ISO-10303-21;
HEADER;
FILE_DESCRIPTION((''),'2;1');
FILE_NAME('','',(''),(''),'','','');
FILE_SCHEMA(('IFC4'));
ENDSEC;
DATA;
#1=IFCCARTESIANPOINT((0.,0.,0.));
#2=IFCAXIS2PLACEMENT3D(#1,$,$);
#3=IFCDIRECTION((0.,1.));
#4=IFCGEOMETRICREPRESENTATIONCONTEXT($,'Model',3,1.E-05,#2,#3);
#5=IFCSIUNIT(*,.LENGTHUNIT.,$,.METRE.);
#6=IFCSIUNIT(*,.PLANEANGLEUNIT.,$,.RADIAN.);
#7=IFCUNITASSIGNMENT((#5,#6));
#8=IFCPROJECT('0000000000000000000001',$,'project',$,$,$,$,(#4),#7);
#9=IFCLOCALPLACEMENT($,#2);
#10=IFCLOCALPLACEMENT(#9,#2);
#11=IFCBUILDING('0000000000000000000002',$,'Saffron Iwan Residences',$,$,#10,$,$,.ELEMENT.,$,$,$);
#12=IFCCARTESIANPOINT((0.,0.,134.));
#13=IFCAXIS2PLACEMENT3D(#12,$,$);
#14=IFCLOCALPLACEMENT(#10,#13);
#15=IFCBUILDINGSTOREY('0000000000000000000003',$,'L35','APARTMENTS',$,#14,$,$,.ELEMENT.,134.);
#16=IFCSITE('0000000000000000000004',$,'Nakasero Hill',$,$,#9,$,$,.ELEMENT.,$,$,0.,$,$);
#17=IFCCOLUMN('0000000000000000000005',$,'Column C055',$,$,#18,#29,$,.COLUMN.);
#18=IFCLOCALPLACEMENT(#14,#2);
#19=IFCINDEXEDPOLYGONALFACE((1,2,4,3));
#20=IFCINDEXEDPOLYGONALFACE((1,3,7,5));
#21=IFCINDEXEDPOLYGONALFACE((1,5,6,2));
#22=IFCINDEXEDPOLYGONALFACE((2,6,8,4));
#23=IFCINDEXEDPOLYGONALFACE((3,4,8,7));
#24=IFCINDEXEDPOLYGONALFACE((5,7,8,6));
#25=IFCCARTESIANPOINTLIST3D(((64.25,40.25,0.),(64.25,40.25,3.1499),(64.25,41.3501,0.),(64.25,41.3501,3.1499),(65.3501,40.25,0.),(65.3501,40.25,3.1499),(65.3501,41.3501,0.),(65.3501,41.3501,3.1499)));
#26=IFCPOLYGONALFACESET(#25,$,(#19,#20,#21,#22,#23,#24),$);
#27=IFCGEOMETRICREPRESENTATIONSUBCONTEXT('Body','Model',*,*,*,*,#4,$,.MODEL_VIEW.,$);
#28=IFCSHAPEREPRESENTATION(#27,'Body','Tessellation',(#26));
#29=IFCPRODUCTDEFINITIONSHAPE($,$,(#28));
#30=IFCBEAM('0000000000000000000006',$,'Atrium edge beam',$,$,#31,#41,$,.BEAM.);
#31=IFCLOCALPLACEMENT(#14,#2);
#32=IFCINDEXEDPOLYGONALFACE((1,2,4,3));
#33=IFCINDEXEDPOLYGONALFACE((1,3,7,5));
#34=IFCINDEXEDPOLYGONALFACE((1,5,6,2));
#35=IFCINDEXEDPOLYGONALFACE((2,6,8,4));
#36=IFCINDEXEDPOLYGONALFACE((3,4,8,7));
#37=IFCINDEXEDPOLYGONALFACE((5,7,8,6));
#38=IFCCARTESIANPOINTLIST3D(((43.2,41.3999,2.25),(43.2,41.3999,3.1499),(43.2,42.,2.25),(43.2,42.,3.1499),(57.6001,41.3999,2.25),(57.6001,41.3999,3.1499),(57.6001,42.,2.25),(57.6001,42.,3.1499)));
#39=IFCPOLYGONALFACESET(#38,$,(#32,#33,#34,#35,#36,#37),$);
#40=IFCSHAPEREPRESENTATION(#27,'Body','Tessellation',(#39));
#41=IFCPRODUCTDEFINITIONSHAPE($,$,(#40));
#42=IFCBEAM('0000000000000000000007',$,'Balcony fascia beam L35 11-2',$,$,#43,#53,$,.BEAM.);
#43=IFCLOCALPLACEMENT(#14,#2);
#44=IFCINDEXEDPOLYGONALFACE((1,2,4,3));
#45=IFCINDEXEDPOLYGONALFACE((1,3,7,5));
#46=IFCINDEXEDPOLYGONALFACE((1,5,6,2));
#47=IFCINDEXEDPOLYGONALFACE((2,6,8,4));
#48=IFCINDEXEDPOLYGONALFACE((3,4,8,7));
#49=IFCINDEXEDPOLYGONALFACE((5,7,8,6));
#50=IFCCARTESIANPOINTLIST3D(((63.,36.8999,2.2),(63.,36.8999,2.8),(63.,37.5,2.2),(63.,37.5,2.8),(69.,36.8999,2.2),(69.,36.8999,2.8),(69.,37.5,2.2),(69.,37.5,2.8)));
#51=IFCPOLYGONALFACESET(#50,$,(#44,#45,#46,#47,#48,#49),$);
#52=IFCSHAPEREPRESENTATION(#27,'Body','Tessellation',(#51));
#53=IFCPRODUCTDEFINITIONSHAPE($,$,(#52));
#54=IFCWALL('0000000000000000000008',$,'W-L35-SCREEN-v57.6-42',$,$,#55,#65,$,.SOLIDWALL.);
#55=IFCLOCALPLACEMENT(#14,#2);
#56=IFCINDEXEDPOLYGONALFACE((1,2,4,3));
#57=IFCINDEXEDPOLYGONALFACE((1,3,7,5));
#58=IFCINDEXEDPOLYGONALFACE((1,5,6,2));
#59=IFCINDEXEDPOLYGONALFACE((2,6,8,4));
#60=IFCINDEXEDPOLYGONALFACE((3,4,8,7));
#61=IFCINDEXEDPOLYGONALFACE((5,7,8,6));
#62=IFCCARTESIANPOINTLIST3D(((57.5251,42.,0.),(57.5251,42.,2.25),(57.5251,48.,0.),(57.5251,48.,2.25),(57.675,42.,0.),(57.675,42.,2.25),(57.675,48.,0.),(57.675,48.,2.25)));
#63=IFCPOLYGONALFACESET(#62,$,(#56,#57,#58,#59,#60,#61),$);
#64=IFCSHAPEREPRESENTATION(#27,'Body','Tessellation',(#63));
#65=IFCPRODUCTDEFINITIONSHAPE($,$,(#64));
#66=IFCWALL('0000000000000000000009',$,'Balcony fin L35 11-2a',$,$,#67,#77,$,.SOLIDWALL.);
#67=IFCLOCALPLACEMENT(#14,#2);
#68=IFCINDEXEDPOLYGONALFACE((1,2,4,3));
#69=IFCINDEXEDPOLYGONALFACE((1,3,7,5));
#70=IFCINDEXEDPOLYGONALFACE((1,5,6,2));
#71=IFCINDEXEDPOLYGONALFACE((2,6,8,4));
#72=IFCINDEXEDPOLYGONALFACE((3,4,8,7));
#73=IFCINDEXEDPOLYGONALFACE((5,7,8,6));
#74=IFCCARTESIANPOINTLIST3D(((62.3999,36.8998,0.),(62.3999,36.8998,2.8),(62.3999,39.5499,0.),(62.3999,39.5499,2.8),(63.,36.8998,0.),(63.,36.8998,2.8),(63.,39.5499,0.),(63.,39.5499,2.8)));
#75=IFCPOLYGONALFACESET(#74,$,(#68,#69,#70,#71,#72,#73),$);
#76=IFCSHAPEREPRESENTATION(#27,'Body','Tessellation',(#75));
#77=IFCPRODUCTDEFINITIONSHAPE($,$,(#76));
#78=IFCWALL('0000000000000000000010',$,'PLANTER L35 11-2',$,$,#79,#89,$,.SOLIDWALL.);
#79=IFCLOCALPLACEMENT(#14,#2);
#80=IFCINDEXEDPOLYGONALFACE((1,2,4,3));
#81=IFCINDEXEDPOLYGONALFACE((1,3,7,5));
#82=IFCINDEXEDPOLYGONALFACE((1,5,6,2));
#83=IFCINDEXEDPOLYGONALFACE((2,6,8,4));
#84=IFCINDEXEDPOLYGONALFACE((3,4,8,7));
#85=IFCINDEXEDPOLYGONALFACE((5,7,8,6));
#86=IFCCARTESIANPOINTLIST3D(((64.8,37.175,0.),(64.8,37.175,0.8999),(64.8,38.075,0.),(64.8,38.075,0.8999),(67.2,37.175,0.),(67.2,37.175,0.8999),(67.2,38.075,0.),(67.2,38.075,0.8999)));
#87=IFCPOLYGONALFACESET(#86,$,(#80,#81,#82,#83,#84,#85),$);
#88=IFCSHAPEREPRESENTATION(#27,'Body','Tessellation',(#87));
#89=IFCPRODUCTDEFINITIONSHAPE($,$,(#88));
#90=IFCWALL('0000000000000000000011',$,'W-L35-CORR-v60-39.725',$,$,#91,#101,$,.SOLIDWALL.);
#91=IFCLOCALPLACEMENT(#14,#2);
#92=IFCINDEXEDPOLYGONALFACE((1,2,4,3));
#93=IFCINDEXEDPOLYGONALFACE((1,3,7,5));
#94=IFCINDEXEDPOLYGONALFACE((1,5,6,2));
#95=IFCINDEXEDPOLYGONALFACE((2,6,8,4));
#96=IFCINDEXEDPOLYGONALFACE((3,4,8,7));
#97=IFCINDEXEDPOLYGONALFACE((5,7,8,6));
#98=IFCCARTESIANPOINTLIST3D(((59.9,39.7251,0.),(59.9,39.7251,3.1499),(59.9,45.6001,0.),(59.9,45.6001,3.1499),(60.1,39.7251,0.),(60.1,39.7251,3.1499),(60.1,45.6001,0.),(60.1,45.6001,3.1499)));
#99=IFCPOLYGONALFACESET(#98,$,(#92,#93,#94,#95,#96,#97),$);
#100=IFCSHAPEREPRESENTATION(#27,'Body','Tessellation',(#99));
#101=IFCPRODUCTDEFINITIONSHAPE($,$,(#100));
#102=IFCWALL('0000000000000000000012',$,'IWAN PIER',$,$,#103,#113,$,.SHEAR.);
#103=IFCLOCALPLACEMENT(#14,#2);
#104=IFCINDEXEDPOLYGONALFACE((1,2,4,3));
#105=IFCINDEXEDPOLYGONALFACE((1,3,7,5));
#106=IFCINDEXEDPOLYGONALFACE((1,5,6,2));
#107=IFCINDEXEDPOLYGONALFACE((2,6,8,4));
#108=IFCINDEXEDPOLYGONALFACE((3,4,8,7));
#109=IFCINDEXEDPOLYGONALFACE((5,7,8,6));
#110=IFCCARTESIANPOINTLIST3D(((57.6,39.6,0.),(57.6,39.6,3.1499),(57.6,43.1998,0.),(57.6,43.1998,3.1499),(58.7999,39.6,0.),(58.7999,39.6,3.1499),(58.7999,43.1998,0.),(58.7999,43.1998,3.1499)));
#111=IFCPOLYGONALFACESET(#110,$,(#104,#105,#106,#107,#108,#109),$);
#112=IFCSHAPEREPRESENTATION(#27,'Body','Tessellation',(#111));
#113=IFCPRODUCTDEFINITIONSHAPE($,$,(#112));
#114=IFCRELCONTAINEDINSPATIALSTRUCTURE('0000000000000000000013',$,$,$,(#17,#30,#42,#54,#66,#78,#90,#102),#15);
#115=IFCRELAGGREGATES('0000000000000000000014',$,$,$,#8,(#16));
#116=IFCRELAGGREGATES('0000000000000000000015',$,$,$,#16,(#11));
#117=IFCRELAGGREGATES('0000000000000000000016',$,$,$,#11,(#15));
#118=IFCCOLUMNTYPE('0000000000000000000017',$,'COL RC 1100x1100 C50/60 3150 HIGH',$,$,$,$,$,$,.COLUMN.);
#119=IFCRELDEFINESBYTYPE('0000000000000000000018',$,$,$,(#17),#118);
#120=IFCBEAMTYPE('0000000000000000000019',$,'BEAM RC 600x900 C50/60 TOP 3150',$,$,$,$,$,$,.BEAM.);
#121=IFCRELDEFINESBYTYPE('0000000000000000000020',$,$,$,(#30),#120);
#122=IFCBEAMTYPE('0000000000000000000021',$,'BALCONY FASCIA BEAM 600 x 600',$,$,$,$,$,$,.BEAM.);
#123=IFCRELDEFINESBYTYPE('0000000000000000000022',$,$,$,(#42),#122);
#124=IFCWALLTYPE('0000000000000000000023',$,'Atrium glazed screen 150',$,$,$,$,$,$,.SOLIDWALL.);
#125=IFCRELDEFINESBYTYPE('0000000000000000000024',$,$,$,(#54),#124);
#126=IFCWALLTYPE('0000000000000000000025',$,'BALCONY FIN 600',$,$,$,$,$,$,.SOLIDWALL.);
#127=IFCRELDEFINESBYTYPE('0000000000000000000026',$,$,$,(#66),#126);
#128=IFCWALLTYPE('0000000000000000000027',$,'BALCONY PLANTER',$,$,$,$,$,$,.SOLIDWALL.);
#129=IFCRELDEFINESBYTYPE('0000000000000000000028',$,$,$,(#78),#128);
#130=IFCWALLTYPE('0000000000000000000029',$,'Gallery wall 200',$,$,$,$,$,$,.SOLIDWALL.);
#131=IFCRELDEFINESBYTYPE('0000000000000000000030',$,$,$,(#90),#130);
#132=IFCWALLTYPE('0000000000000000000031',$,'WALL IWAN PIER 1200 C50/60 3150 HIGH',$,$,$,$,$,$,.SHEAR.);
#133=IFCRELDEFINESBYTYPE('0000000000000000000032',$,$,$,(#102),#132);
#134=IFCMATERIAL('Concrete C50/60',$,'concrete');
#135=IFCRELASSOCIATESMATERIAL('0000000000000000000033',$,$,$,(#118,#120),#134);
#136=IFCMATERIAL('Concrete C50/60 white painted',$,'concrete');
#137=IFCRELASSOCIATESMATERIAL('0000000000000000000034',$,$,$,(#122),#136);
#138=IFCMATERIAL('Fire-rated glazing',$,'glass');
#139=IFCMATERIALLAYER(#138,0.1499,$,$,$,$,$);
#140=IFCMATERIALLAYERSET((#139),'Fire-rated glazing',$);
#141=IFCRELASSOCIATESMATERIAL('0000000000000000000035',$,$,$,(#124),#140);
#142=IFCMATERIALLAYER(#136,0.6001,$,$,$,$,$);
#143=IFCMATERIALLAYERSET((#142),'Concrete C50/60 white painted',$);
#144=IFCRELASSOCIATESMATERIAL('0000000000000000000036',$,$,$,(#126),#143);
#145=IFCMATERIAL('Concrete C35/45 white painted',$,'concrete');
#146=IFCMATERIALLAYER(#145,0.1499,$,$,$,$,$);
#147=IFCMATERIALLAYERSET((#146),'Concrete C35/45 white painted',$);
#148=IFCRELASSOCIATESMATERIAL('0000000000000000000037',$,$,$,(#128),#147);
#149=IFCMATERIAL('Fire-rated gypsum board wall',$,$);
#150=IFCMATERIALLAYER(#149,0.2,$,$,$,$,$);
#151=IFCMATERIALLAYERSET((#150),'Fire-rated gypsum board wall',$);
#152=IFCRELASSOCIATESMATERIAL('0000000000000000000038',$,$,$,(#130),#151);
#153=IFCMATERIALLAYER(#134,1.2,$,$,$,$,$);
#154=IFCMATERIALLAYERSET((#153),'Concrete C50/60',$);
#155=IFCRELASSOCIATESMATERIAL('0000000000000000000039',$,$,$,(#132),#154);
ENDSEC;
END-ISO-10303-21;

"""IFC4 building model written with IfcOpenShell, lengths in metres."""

from ifc_helpers import new_model, si_unit, direction, frame, frame_2d, origin, origin_2d, place, context, subcontext, project, spatial, rectangle, extrude, source, transform, mapped, material, layer, layer_set, material_profile, profile_set, type_object, element, save


model = new_model("IFC4")

# Units and contexts
model_context = context("Model", 3, precision=1e-05, world=origin(), true_north=direction((0.0, 1.0)))
body_context = subcontext(model_context, "Body", "Model", "MODEL_VIEW")
ifc_project = project(units=[si_unit("LENGTHUNIT", "METRE"), si_unit("PLANEANGLEUNIT", "RADIAN")], contexts=[model_context])

# Site, building, storey
site_placement = place(None, origin())
site = spatial("IfcSite", under=ifc_project, at=site_placement, Name="Nakasero Hill", CompositionType="ELEMENT", RefElevation=0.0)
building_placement = place(site_placement, origin())
building = spatial("IfcBuilding", under=site, at=building_placement, Name="Saffron Iwan Residences", CompositionType="ELEMENT")
storey_placement = place(building_placement, frame((0.0, 0.0, 134.0)))
storey = spatial("IfcBuildingStorey", under=building, at=storey_placement, Name="L35", Description="APARTMENTS", CompositionType="ELEMENT", Elevation=134.0)

# Column
ifc_material_1 = material(Name="Concrete C50/60", Category="concrete")
ifc_material_profile_1 = material_profile(ifc_material_1, rectangle(XDim=1.1001, YDim=1.1001, at=origin_2d()), Name="RC 1100x1100")
ifc_profile_set_1 = profile_set([ifc_material_profile_1], Name="Concrete C50/60")
column_type = type_object("IfcColumnType", Name="COL RC 1100x1100 C50/60 3150 HIGH", PredefinedType="COLUMN", material=ifc_profile_set_1)
shared_shape_1 = source(origin(), body_context, "Body", "SweptSolid", [
    extrude(rectangle(XDim=1.1001, YDim=1.1001, at=origin_2d()), origin(), (0.0, 0.0, 1.0), 3.1499),
])
column_placement = place(storey_placement, frame((64.8, 40.8, 0.0), z_axis=(0.0, 0.0, 1.0), x_axis=(1.0, 0.0, 0.0)))
element("IfcColumn", 1, at=column_placement, inside=storey, type_object=column_type, Name="Column C055", PredefinedType="COLUMN", context=body_context, shape_type="MappedRepresentation", body=[
    mapped(shared_shape_1, transform((0.0, 0.0, 0.0))),
])

# Beams
ifc_material_profile_2 = material_profile(ifc_material_1, rectangle(XDim=0.6001, YDim=0.8999, at=origin_2d()), Name="RC 600x900")
ifc_profile_set_2 = profile_set([ifc_material_profile_2], Name="Concrete C50/60")
beam_type_1 = type_object("IfcBeamType", Name="BEAM RC 600x900 C50/60 TOP 3150", PredefinedType="BEAM", material=ifc_profile_set_2)
shared_shape_2 = source(origin(), body_context, "Body", "SweptSolid", [
    extrude(rectangle(XDim=0.6001, YDim=0.8999, at=origin_2d()), origin(), (0.0, 0.0, 1.0), 14.4001),
])
beam_1_placement = place(storey_placement, frame((57.6001, 41.7, 2.7), z_axis=(-1.0, 0.0, 0.0), x_axis=(0.0, -1.0, 0.0)))
element("IfcBeam", 2, at=beam_1_placement, inside=storey, type_object=beam_type_1, Name="Atrium edge beam", PredefinedType="BEAM", context=body_context, shape_type="MappedRepresentation", body=[
    mapped(shared_shape_2, transform((0.0, 0.0, 0.0))),
])
ifc_material_2 = material(Name="Concrete C50/60 white painted", Category="concrete")
ifc_material_profile_3 = material_profile(ifc_material_2, rectangle(XDim=0.6001, YDim=0.6001, at=origin_2d()), Name="BALCONY FASCIA BEAM 600 x 600")
ifc_profile_set_3 = profile_set([ifc_material_profile_3], Name="Concrete C50/60 white painted")
beam_type_2 = type_object("IfcBeamType", Name="BALCONY FASCIA BEAM 600 x 600", PredefinedType="BEAM", material=ifc_profile_set_3)
shared_shape_3 = source(origin(), body_context, "Body", "SweptSolid", [
    extrude(rectangle(XDim=0.6001, YDim=0.6001, at=origin_2d()), origin(), (0.0, 0.0, 1.0), 6.0),
])
beam_2_placement = place(storey_placement, frame((63.0, 37.2, 2.5), z_axis=(1.0, 0.0, 0.0), x_axis=(0.0, 1.0, 0.0)))
element("IfcBeam", 3, at=beam_2_placement, inside=storey, type_object=beam_type_2, Name="Balcony fascia beam L35 11-2", PredefinedType="BEAM", context=body_context, shape_type="MappedRepresentation", body=[
    mapped(shared_shape_3, transform((0.0, 0.0, 0.0))),
])

# Walls
ifc_material_3 = material(Name="Fire-rated glazing", Category="glass")
ifc_layer_1 = layer(ifc_material_3, 0.1499)
ifc_layer_set_1 = layer_set([ifc_layer_1], Name="Fire-rated glazing")
wall_type_1 = type_object("IfcWallType", Name="Atrium glazed screen 150", PredefinedType="SOLIDWALL", material=ifc_layer_set_1)
wall_1_placement = place(storey_placement, frame((57.6001, 42.0, 0.0), z_axis=(0.0, 0.0, 1.0), x_axis=(0.0, 1.0, 0.0)))
element("IfcWall", 4, at=wall_1_placement, inside=storey, type_object=wall_type_1, Name="W-L35-SCREEN-v57.6-42", PredefinedType="SOLIDWALL", context=body_context, shape_type="SweptSolid", body=[
    extrude(rectangle(XDim=6.0, YDim=0.1499, at=frame_2d((3.0, 0.0))), origin(), (0.0, 0.0, 1.0), 2.25),
])
ifc_layer_2 = layer(ifc_material_2, 0.6001)
ifc_layer_set_2 = layer_set([ifc_layer_2], Name="Concrete C50/60 white painted")
wall_type_2 = type_object("IfcWallType", Name="BALCONY FIN 600", PredefinedType="SOLIDWALL", material=ifc_layer_set_2)
wall_2_placement = place(storey_placement, frame((62.7, 39.55, 0.0), z_axis=(0.0, 0.0, 1.0), x_axis=(0.0, -1.0, 0.0)))
element("IfcWall", 5, at=wall_2_placement, inside=storey, type_object=wall_type_2, Name="Balcony fin L35 11-2a", PredefinedType="SOLIDWALL", context=body_context, shape_type="SweptSolid", body=[
    extrude(rectangle(XDim=2.6501, YDim=0.6001, at=frame_2d((1.3252, 0.0))), origin(), (0.0, 0.0, 1.0), 2.8),
])
ifc_material_4 = material(Name="Concrete C35/45 white painted", Category="concrete")
ifc_layer_3 = layer(ifc_material_4, 0.1499)
ifc_layer_set_3 = layer_set([ifc_layer_3], Name="Concrete C35/45 white painted")
wall_type_3 = type_object("IfcWallType", Name="BALCONY PLANTER", PredefinedType="SOLIDWALL", material=ifc_layer_set_3)
wall_3_placement = place(storey_placement, frame((64.8, 37.625, 0.0), z_axis=(0.0, 0.0, 1.0), x_axis=(1.0, 0.0, 0.0)))
element("IfcWall", 6, at=wall_3_placement, inside=storey, type_object=wall_type_3, Name="PLANTER L35 11-2", PredefinedType="SOLIDWALL", context=body_context, shape_type="SweptSolid", body=[
    extrude(rectangle(XDim=2.3999, YDim=0.8999, at=frame_2d((1.2, 0.0))), origin(), (0.0, 0.0, 1.0), 0.8999),
])

# Walls
ifc_material_5 = material(Name="Fire-rated gypsum board wall")
ifc_layer_4 = layer(ifc_material_5, 0.2)
ifc_layer_set_4 = layer_set([ifc_layer_4], Name="Fire-rated gypsum board wall")
wall_type_4 = type_object("IfcWallType", Name="Gallery wall 200", PredefinedType="SOLIDWALL", material=ifc_layer_set_4)
wall_4_placement = place(storey_placement, frame((60.0, 39.7251, 0.0), z_axis=(0.0, 0.0, 1.0), x_axis=(0.0, 1.0, 0.0)))
element("IfcWall", 7, at=wall_4_placement, inside=storey, type_object=wall_type_4, Name="W-L35-CORR-v60-39.725", PredefinedType="SOLIDWALL", context=body_context, shape_type="SweptSolid", body=[
    extrude(rectangle(XDim=5.875, YDim=0.2, at=frame_2d((2.9375, 0.0))), origin(), (0.0, 0.0, 1.0), 3.1499),
])
ifc_layer_5 = layer(ifc_material_1, 1.2)
ifc_layer_set_5 = layer_set([ifc_layer_5], Name="Concrete C50/60")
wall_type_5 = type_object("IfcWallType", Name="WALL IWAN PIER 1200 C50/60 3150 HIGH", PredefinedType="SHEAR", material=ifc_layer_set_5)
wall_5_placement = place(storey_placement, frame((58.2, 39.6001, 0.0), z_axis=(0.0, 0.0, 1.0), x_axis=(0.0, 1.0, 0.0)))
element("IfcWall", 8, at=wall_5_placement, inside=storey, type_object=wall_type_5, Name="IWAN PIER", PredefinedType="SHEAR", context=body_context, shape_type="SweptSolid", body=[
    extrude(rectangle(XDim=3.5999, YDim=1.2, at=frame_2d((1.7998, 0.0))), origin(), (0.0, 0.0, 1.0), 3.1499),
])

save(model, "model.ifc")
